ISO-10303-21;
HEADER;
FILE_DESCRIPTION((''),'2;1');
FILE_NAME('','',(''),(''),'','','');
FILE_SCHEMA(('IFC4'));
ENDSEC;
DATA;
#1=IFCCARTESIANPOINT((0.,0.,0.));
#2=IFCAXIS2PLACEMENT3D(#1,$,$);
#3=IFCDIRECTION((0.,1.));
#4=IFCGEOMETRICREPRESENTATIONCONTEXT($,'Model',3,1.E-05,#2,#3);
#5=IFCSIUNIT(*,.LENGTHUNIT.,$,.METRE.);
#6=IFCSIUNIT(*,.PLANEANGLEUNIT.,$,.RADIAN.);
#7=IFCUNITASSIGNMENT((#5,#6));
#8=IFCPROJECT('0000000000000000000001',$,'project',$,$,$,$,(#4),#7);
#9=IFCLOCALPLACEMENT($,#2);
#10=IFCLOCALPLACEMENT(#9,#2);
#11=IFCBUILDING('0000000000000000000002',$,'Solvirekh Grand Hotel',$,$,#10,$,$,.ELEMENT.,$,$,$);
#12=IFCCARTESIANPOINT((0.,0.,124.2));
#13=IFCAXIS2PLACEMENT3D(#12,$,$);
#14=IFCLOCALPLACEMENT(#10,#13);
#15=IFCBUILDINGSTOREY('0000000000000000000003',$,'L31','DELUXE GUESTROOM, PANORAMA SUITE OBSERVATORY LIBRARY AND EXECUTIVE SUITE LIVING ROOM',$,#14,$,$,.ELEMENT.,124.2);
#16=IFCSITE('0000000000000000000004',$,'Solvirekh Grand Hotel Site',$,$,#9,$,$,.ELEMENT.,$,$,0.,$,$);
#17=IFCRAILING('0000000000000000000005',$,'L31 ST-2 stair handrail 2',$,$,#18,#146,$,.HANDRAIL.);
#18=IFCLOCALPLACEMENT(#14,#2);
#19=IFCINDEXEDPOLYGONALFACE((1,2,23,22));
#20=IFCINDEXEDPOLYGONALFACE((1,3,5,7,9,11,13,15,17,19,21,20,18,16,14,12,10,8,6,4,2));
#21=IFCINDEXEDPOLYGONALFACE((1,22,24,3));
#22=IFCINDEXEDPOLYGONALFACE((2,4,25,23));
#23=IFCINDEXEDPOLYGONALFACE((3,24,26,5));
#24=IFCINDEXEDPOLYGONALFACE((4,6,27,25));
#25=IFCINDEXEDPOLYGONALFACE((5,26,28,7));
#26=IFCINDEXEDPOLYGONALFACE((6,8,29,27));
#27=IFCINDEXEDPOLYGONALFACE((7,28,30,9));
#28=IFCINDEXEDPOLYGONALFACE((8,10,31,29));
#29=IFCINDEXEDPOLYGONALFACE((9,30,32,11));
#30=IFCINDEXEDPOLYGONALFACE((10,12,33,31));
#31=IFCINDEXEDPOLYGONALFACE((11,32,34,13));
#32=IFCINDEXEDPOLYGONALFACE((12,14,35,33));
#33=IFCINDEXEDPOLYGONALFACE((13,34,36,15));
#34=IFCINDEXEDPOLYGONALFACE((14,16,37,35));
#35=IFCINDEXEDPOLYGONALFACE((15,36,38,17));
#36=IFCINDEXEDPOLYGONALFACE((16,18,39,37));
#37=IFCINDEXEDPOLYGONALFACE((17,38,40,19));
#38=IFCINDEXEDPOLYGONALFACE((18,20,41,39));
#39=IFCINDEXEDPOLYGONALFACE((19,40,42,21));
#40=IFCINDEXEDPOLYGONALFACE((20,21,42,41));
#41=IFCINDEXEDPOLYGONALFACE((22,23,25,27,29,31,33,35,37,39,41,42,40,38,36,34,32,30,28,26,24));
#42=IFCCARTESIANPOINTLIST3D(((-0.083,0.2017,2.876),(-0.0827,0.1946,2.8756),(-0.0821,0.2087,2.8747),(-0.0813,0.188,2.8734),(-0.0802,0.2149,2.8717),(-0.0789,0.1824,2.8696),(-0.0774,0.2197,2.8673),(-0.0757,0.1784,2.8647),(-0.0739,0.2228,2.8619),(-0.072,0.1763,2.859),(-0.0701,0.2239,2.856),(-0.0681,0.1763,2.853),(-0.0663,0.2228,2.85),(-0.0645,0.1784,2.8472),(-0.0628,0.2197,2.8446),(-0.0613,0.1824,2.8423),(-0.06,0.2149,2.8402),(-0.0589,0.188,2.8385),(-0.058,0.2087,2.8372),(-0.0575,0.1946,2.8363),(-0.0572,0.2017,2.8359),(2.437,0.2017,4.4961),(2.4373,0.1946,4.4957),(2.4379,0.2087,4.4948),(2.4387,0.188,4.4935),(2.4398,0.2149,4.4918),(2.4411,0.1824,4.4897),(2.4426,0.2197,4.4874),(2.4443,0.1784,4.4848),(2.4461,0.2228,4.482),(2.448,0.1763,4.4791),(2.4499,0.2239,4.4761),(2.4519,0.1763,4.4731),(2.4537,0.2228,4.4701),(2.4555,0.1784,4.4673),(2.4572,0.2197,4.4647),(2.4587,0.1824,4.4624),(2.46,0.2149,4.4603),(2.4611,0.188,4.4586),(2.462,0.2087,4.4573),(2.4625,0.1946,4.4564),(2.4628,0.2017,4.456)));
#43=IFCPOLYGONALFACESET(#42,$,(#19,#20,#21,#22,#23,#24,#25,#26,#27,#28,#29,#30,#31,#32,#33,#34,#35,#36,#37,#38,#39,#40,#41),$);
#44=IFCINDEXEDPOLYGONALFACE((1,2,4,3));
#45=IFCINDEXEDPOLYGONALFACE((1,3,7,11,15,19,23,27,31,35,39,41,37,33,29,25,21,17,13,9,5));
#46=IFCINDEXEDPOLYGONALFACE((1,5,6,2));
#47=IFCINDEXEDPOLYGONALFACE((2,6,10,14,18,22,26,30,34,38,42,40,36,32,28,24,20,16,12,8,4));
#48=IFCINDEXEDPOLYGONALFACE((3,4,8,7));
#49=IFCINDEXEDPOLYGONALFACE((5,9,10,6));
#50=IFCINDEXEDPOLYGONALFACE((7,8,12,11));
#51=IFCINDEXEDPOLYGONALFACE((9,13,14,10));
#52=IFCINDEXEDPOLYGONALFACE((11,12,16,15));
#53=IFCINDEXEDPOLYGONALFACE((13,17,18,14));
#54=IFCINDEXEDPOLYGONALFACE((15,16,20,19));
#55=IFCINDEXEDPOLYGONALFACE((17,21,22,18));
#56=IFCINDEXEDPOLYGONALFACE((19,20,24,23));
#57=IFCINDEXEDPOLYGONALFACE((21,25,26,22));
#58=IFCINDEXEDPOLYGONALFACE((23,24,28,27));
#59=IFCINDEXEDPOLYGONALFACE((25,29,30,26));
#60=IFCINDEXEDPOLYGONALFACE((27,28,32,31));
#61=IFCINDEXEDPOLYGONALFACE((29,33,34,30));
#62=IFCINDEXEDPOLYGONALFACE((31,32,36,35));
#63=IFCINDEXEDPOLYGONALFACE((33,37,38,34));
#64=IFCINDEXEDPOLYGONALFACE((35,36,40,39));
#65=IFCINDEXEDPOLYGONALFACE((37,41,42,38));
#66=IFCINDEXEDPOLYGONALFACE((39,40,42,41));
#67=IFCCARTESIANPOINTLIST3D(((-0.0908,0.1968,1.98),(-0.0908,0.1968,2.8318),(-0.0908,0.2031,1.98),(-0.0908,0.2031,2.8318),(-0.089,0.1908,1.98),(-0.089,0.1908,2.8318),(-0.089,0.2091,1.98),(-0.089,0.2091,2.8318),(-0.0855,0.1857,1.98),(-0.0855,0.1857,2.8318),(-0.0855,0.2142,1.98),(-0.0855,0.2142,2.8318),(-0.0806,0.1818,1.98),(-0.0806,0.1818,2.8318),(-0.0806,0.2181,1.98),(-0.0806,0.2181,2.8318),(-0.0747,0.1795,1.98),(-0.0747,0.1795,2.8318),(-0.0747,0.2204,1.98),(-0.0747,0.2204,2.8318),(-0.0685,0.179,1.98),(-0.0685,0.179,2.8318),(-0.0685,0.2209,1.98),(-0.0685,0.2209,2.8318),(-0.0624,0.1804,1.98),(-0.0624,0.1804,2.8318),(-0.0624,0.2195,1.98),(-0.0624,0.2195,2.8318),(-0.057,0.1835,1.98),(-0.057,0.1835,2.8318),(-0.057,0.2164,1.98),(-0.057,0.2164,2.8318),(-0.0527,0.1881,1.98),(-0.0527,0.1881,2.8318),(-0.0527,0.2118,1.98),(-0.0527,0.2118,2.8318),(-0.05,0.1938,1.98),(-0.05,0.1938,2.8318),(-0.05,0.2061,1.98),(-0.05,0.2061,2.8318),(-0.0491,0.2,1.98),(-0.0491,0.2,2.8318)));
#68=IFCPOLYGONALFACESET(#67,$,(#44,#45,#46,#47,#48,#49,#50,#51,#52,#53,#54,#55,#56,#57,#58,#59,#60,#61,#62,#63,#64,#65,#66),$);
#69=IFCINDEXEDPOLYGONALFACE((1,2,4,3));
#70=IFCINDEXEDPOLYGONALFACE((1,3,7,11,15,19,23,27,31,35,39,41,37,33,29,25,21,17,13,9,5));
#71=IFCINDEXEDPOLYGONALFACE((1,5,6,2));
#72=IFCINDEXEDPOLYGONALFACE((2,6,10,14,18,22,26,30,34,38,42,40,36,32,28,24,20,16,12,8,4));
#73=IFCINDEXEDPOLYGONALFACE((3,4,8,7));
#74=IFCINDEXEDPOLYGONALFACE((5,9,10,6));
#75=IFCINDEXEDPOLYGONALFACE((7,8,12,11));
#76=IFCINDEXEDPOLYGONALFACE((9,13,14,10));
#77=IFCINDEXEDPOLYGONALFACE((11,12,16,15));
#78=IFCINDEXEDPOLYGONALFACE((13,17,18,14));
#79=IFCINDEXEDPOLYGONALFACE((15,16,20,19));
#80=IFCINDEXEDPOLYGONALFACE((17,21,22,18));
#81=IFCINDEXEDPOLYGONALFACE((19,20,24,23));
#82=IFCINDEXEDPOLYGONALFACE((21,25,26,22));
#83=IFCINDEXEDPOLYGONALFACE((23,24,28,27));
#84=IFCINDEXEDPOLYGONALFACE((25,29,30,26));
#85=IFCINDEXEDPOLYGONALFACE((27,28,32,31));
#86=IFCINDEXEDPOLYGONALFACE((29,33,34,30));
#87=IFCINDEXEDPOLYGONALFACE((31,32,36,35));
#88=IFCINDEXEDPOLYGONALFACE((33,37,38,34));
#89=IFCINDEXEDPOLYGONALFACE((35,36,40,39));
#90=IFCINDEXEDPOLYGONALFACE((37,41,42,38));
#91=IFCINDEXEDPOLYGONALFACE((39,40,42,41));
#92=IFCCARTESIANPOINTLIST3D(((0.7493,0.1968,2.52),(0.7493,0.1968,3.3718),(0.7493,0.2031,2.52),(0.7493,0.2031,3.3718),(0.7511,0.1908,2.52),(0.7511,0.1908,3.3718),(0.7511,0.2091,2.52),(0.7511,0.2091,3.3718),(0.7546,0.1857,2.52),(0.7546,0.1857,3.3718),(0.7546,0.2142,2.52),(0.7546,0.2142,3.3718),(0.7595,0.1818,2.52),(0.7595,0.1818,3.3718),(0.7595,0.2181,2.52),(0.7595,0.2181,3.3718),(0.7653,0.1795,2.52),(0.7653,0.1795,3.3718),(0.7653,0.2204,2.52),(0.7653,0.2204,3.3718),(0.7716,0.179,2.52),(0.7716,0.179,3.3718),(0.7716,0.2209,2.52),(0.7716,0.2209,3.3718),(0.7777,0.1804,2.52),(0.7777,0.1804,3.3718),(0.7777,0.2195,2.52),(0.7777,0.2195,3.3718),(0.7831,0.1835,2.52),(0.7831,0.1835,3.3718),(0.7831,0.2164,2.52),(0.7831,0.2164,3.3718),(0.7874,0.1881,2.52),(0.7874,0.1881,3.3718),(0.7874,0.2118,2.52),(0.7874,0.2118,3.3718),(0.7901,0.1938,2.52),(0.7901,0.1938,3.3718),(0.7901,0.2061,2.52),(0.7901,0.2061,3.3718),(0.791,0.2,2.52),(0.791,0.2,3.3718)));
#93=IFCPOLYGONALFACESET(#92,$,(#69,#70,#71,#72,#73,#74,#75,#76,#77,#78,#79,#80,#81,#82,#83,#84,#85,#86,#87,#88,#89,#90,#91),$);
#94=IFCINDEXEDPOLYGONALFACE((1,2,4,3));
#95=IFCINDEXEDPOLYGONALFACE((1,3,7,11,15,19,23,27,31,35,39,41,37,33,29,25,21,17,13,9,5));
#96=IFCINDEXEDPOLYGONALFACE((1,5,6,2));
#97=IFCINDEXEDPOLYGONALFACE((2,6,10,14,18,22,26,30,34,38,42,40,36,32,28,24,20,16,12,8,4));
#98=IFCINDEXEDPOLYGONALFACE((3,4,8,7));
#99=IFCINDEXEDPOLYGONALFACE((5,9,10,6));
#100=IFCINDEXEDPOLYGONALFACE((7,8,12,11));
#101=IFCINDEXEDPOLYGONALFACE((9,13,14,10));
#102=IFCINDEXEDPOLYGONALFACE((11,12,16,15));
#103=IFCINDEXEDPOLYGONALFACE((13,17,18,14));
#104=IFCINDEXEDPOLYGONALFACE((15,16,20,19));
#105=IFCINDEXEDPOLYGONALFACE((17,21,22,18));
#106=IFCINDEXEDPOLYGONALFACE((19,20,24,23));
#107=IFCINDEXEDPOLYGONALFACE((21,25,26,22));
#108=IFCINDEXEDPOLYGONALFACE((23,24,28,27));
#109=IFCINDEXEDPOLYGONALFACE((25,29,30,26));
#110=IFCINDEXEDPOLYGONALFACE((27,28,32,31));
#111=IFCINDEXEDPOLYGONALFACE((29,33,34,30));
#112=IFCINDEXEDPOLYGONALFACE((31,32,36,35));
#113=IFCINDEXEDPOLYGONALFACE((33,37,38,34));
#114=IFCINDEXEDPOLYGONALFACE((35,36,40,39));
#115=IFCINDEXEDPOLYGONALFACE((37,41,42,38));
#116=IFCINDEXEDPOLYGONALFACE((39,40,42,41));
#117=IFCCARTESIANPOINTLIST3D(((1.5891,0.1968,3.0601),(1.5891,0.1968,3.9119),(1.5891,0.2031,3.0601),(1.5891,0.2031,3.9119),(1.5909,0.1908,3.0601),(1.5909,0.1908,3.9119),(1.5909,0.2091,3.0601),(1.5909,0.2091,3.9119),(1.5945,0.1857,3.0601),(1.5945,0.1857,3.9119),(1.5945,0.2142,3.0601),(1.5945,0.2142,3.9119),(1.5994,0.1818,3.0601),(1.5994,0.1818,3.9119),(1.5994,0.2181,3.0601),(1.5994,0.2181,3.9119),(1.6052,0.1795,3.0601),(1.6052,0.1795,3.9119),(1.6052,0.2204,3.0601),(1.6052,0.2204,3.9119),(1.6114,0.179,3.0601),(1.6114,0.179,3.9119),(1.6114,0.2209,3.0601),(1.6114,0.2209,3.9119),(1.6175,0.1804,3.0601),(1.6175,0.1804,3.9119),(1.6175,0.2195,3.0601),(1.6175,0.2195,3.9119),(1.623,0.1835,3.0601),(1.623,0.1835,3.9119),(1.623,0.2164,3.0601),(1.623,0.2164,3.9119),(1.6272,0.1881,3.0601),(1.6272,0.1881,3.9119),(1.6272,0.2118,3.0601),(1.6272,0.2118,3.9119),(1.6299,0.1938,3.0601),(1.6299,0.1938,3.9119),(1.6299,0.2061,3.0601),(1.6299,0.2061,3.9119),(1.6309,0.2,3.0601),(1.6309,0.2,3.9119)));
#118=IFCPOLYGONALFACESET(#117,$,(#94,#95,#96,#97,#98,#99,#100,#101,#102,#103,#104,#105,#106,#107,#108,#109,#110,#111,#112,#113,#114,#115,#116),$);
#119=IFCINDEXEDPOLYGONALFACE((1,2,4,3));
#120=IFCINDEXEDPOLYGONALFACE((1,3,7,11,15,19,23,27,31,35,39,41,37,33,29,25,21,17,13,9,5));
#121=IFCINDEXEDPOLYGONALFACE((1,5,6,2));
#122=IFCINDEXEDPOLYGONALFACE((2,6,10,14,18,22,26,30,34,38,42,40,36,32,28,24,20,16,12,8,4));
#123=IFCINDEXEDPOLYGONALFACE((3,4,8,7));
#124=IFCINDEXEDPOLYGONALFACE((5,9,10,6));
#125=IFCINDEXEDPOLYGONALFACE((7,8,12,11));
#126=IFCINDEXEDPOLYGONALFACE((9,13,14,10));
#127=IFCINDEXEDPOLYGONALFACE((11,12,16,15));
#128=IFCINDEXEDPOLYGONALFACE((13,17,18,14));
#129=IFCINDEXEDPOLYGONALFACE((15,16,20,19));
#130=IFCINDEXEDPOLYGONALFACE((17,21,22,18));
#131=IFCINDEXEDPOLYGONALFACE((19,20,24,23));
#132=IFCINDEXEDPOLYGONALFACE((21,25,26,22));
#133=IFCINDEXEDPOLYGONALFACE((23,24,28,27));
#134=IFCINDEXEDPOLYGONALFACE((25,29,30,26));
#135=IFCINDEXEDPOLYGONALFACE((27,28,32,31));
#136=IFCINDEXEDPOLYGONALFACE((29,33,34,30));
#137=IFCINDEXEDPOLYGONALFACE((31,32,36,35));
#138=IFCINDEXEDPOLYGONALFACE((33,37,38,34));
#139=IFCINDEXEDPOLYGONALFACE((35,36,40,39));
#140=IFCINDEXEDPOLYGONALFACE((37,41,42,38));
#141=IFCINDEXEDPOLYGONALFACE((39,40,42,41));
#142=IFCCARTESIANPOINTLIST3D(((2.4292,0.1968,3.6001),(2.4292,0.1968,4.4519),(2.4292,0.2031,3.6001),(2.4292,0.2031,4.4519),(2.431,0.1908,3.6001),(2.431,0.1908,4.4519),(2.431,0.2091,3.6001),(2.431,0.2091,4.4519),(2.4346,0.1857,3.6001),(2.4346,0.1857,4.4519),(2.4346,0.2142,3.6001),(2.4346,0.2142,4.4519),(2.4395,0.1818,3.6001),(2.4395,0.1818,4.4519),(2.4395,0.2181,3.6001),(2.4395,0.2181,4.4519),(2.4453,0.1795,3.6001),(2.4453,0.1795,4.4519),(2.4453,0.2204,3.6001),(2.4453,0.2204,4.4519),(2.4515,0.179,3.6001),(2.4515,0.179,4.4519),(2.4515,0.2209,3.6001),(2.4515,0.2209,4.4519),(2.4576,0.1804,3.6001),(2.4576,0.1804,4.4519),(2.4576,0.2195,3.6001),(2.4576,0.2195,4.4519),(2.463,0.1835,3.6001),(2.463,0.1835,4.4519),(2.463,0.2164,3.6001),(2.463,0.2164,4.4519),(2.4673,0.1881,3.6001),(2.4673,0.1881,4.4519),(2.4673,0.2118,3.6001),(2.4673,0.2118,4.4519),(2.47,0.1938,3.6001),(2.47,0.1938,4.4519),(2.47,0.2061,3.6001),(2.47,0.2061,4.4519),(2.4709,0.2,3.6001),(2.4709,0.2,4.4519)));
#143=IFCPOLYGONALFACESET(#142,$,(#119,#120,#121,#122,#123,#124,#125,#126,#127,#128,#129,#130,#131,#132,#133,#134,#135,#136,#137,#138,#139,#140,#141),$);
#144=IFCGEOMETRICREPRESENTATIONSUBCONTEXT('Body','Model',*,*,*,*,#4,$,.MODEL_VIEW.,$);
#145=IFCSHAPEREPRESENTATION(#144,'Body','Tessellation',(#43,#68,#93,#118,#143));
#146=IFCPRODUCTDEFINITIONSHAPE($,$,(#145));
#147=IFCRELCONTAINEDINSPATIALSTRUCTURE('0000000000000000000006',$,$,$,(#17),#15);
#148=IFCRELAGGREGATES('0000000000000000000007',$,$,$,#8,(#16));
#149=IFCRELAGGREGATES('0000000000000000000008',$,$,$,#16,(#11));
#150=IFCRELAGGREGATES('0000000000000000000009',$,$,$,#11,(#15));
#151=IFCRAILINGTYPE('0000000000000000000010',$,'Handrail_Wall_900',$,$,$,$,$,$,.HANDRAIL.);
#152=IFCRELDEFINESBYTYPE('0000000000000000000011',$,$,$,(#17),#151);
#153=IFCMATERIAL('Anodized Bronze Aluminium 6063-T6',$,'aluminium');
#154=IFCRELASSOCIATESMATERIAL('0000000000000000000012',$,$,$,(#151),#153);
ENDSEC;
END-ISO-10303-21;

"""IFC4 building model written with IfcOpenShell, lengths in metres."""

from ifc_helpers import new_model, si_unit, direction, frame, origin, origin_2d, place, context, subcontext, project, spatial, circle, extrude, material, type_object, element, save


model = new_model("IFC4")

# Units and contexts
model_context = context("Model", 3, precision=1e-05, world=origin(), true_north=direction((0.0, 1.0)))
body_context = subcontext(model_context, "Body", "Model", "MODEL_VIEW")
ifc_project = project(units=[si_unit("LENGTHUNIT", "METRE"), si_unit("PLANEANGLEUNIT", "RADIAN")], contexts=[model_context])

# Site, building, storey
site_placement = place(None, origin())
site = spatial("IfcSite", under=ifc_project, at=site_placement, Name="Solvirekh Grand Hotel Site", CompositionType="ELEMENT", RefElevation=0.0)
building_placement = place(site_placement, origin())
building = spatial("IfcBuilding", under=site, at=building_placement, Name="Solvirekh Grand Hotel", CompositionType="ELEMENT")
storey_placement = place(building_placement, frame((0.0, 0.0, 124.2)))
storey = spatial("IfcBuildingStorey", under=building, at=storey_placement, Name="L31", Description="DELUXE GUESTROOM, PANORAMA SUITE OBSERVATORY LIBRARY AND EXECUTIVE SUITE LIVING ROOM", CompositionType="ELEMENT", Elevation=124.2)

# Shared definitions
ifc_material_1 = material(Name="Anodized Bronze Aluminium 6063-T6", Category="aluminium")

# Railing
railing_type_1 = type_object("IfcRailingType", Name="Handrail_Wall_900", PredefinedType="HANDRAIL", material=ifc_material_1)
for number, where, name in (
    (1, (-0.0701, 0.2, 1.98), "L31 ST-2 stair handrail 2"),
):
    element("IfcRailing", number, at=place(storey_placement, frame(where)), inside=storey, type_object=railing_type_1, Name=name, PredefinedType="HANDRAIL", context=body_context, shape_type="SweptSolid", body=[
        extrude(circle(Radius=0.0239, at=origin_2d()), frame((0.0, 0.0, 0.876), z_axis=(0.841163, 0.0, 0.540782), x_axis=(0.0, 1.0, 0.0)), (0.0, 0.0, 1.0), 2.9958),
        extrude(circle(Radius=0.021, at=origin_2d()), origin(), (0.0, 0.0, 1.0), 0.8518),
        extrude(circle(Radius=0.021, at=origin_2d()), frame((0.8401, 0.0, 0.54)), (0.0, 0.0, 1.0), 0.8518),
        extrude(circle(Radius=0.021, at=origin_2d()), frame((1.6799, 0.0, 1.0801)), (0.0, 0.0, 1.0), 0.8518),
        extrude(circle(Radius=0.021, at=origin_2d()), frame((2.52, 0.0, 1.6201)), (0.0, 0.0, 1.0), 0.8518),
    ])

save(model, "model.ifc")
